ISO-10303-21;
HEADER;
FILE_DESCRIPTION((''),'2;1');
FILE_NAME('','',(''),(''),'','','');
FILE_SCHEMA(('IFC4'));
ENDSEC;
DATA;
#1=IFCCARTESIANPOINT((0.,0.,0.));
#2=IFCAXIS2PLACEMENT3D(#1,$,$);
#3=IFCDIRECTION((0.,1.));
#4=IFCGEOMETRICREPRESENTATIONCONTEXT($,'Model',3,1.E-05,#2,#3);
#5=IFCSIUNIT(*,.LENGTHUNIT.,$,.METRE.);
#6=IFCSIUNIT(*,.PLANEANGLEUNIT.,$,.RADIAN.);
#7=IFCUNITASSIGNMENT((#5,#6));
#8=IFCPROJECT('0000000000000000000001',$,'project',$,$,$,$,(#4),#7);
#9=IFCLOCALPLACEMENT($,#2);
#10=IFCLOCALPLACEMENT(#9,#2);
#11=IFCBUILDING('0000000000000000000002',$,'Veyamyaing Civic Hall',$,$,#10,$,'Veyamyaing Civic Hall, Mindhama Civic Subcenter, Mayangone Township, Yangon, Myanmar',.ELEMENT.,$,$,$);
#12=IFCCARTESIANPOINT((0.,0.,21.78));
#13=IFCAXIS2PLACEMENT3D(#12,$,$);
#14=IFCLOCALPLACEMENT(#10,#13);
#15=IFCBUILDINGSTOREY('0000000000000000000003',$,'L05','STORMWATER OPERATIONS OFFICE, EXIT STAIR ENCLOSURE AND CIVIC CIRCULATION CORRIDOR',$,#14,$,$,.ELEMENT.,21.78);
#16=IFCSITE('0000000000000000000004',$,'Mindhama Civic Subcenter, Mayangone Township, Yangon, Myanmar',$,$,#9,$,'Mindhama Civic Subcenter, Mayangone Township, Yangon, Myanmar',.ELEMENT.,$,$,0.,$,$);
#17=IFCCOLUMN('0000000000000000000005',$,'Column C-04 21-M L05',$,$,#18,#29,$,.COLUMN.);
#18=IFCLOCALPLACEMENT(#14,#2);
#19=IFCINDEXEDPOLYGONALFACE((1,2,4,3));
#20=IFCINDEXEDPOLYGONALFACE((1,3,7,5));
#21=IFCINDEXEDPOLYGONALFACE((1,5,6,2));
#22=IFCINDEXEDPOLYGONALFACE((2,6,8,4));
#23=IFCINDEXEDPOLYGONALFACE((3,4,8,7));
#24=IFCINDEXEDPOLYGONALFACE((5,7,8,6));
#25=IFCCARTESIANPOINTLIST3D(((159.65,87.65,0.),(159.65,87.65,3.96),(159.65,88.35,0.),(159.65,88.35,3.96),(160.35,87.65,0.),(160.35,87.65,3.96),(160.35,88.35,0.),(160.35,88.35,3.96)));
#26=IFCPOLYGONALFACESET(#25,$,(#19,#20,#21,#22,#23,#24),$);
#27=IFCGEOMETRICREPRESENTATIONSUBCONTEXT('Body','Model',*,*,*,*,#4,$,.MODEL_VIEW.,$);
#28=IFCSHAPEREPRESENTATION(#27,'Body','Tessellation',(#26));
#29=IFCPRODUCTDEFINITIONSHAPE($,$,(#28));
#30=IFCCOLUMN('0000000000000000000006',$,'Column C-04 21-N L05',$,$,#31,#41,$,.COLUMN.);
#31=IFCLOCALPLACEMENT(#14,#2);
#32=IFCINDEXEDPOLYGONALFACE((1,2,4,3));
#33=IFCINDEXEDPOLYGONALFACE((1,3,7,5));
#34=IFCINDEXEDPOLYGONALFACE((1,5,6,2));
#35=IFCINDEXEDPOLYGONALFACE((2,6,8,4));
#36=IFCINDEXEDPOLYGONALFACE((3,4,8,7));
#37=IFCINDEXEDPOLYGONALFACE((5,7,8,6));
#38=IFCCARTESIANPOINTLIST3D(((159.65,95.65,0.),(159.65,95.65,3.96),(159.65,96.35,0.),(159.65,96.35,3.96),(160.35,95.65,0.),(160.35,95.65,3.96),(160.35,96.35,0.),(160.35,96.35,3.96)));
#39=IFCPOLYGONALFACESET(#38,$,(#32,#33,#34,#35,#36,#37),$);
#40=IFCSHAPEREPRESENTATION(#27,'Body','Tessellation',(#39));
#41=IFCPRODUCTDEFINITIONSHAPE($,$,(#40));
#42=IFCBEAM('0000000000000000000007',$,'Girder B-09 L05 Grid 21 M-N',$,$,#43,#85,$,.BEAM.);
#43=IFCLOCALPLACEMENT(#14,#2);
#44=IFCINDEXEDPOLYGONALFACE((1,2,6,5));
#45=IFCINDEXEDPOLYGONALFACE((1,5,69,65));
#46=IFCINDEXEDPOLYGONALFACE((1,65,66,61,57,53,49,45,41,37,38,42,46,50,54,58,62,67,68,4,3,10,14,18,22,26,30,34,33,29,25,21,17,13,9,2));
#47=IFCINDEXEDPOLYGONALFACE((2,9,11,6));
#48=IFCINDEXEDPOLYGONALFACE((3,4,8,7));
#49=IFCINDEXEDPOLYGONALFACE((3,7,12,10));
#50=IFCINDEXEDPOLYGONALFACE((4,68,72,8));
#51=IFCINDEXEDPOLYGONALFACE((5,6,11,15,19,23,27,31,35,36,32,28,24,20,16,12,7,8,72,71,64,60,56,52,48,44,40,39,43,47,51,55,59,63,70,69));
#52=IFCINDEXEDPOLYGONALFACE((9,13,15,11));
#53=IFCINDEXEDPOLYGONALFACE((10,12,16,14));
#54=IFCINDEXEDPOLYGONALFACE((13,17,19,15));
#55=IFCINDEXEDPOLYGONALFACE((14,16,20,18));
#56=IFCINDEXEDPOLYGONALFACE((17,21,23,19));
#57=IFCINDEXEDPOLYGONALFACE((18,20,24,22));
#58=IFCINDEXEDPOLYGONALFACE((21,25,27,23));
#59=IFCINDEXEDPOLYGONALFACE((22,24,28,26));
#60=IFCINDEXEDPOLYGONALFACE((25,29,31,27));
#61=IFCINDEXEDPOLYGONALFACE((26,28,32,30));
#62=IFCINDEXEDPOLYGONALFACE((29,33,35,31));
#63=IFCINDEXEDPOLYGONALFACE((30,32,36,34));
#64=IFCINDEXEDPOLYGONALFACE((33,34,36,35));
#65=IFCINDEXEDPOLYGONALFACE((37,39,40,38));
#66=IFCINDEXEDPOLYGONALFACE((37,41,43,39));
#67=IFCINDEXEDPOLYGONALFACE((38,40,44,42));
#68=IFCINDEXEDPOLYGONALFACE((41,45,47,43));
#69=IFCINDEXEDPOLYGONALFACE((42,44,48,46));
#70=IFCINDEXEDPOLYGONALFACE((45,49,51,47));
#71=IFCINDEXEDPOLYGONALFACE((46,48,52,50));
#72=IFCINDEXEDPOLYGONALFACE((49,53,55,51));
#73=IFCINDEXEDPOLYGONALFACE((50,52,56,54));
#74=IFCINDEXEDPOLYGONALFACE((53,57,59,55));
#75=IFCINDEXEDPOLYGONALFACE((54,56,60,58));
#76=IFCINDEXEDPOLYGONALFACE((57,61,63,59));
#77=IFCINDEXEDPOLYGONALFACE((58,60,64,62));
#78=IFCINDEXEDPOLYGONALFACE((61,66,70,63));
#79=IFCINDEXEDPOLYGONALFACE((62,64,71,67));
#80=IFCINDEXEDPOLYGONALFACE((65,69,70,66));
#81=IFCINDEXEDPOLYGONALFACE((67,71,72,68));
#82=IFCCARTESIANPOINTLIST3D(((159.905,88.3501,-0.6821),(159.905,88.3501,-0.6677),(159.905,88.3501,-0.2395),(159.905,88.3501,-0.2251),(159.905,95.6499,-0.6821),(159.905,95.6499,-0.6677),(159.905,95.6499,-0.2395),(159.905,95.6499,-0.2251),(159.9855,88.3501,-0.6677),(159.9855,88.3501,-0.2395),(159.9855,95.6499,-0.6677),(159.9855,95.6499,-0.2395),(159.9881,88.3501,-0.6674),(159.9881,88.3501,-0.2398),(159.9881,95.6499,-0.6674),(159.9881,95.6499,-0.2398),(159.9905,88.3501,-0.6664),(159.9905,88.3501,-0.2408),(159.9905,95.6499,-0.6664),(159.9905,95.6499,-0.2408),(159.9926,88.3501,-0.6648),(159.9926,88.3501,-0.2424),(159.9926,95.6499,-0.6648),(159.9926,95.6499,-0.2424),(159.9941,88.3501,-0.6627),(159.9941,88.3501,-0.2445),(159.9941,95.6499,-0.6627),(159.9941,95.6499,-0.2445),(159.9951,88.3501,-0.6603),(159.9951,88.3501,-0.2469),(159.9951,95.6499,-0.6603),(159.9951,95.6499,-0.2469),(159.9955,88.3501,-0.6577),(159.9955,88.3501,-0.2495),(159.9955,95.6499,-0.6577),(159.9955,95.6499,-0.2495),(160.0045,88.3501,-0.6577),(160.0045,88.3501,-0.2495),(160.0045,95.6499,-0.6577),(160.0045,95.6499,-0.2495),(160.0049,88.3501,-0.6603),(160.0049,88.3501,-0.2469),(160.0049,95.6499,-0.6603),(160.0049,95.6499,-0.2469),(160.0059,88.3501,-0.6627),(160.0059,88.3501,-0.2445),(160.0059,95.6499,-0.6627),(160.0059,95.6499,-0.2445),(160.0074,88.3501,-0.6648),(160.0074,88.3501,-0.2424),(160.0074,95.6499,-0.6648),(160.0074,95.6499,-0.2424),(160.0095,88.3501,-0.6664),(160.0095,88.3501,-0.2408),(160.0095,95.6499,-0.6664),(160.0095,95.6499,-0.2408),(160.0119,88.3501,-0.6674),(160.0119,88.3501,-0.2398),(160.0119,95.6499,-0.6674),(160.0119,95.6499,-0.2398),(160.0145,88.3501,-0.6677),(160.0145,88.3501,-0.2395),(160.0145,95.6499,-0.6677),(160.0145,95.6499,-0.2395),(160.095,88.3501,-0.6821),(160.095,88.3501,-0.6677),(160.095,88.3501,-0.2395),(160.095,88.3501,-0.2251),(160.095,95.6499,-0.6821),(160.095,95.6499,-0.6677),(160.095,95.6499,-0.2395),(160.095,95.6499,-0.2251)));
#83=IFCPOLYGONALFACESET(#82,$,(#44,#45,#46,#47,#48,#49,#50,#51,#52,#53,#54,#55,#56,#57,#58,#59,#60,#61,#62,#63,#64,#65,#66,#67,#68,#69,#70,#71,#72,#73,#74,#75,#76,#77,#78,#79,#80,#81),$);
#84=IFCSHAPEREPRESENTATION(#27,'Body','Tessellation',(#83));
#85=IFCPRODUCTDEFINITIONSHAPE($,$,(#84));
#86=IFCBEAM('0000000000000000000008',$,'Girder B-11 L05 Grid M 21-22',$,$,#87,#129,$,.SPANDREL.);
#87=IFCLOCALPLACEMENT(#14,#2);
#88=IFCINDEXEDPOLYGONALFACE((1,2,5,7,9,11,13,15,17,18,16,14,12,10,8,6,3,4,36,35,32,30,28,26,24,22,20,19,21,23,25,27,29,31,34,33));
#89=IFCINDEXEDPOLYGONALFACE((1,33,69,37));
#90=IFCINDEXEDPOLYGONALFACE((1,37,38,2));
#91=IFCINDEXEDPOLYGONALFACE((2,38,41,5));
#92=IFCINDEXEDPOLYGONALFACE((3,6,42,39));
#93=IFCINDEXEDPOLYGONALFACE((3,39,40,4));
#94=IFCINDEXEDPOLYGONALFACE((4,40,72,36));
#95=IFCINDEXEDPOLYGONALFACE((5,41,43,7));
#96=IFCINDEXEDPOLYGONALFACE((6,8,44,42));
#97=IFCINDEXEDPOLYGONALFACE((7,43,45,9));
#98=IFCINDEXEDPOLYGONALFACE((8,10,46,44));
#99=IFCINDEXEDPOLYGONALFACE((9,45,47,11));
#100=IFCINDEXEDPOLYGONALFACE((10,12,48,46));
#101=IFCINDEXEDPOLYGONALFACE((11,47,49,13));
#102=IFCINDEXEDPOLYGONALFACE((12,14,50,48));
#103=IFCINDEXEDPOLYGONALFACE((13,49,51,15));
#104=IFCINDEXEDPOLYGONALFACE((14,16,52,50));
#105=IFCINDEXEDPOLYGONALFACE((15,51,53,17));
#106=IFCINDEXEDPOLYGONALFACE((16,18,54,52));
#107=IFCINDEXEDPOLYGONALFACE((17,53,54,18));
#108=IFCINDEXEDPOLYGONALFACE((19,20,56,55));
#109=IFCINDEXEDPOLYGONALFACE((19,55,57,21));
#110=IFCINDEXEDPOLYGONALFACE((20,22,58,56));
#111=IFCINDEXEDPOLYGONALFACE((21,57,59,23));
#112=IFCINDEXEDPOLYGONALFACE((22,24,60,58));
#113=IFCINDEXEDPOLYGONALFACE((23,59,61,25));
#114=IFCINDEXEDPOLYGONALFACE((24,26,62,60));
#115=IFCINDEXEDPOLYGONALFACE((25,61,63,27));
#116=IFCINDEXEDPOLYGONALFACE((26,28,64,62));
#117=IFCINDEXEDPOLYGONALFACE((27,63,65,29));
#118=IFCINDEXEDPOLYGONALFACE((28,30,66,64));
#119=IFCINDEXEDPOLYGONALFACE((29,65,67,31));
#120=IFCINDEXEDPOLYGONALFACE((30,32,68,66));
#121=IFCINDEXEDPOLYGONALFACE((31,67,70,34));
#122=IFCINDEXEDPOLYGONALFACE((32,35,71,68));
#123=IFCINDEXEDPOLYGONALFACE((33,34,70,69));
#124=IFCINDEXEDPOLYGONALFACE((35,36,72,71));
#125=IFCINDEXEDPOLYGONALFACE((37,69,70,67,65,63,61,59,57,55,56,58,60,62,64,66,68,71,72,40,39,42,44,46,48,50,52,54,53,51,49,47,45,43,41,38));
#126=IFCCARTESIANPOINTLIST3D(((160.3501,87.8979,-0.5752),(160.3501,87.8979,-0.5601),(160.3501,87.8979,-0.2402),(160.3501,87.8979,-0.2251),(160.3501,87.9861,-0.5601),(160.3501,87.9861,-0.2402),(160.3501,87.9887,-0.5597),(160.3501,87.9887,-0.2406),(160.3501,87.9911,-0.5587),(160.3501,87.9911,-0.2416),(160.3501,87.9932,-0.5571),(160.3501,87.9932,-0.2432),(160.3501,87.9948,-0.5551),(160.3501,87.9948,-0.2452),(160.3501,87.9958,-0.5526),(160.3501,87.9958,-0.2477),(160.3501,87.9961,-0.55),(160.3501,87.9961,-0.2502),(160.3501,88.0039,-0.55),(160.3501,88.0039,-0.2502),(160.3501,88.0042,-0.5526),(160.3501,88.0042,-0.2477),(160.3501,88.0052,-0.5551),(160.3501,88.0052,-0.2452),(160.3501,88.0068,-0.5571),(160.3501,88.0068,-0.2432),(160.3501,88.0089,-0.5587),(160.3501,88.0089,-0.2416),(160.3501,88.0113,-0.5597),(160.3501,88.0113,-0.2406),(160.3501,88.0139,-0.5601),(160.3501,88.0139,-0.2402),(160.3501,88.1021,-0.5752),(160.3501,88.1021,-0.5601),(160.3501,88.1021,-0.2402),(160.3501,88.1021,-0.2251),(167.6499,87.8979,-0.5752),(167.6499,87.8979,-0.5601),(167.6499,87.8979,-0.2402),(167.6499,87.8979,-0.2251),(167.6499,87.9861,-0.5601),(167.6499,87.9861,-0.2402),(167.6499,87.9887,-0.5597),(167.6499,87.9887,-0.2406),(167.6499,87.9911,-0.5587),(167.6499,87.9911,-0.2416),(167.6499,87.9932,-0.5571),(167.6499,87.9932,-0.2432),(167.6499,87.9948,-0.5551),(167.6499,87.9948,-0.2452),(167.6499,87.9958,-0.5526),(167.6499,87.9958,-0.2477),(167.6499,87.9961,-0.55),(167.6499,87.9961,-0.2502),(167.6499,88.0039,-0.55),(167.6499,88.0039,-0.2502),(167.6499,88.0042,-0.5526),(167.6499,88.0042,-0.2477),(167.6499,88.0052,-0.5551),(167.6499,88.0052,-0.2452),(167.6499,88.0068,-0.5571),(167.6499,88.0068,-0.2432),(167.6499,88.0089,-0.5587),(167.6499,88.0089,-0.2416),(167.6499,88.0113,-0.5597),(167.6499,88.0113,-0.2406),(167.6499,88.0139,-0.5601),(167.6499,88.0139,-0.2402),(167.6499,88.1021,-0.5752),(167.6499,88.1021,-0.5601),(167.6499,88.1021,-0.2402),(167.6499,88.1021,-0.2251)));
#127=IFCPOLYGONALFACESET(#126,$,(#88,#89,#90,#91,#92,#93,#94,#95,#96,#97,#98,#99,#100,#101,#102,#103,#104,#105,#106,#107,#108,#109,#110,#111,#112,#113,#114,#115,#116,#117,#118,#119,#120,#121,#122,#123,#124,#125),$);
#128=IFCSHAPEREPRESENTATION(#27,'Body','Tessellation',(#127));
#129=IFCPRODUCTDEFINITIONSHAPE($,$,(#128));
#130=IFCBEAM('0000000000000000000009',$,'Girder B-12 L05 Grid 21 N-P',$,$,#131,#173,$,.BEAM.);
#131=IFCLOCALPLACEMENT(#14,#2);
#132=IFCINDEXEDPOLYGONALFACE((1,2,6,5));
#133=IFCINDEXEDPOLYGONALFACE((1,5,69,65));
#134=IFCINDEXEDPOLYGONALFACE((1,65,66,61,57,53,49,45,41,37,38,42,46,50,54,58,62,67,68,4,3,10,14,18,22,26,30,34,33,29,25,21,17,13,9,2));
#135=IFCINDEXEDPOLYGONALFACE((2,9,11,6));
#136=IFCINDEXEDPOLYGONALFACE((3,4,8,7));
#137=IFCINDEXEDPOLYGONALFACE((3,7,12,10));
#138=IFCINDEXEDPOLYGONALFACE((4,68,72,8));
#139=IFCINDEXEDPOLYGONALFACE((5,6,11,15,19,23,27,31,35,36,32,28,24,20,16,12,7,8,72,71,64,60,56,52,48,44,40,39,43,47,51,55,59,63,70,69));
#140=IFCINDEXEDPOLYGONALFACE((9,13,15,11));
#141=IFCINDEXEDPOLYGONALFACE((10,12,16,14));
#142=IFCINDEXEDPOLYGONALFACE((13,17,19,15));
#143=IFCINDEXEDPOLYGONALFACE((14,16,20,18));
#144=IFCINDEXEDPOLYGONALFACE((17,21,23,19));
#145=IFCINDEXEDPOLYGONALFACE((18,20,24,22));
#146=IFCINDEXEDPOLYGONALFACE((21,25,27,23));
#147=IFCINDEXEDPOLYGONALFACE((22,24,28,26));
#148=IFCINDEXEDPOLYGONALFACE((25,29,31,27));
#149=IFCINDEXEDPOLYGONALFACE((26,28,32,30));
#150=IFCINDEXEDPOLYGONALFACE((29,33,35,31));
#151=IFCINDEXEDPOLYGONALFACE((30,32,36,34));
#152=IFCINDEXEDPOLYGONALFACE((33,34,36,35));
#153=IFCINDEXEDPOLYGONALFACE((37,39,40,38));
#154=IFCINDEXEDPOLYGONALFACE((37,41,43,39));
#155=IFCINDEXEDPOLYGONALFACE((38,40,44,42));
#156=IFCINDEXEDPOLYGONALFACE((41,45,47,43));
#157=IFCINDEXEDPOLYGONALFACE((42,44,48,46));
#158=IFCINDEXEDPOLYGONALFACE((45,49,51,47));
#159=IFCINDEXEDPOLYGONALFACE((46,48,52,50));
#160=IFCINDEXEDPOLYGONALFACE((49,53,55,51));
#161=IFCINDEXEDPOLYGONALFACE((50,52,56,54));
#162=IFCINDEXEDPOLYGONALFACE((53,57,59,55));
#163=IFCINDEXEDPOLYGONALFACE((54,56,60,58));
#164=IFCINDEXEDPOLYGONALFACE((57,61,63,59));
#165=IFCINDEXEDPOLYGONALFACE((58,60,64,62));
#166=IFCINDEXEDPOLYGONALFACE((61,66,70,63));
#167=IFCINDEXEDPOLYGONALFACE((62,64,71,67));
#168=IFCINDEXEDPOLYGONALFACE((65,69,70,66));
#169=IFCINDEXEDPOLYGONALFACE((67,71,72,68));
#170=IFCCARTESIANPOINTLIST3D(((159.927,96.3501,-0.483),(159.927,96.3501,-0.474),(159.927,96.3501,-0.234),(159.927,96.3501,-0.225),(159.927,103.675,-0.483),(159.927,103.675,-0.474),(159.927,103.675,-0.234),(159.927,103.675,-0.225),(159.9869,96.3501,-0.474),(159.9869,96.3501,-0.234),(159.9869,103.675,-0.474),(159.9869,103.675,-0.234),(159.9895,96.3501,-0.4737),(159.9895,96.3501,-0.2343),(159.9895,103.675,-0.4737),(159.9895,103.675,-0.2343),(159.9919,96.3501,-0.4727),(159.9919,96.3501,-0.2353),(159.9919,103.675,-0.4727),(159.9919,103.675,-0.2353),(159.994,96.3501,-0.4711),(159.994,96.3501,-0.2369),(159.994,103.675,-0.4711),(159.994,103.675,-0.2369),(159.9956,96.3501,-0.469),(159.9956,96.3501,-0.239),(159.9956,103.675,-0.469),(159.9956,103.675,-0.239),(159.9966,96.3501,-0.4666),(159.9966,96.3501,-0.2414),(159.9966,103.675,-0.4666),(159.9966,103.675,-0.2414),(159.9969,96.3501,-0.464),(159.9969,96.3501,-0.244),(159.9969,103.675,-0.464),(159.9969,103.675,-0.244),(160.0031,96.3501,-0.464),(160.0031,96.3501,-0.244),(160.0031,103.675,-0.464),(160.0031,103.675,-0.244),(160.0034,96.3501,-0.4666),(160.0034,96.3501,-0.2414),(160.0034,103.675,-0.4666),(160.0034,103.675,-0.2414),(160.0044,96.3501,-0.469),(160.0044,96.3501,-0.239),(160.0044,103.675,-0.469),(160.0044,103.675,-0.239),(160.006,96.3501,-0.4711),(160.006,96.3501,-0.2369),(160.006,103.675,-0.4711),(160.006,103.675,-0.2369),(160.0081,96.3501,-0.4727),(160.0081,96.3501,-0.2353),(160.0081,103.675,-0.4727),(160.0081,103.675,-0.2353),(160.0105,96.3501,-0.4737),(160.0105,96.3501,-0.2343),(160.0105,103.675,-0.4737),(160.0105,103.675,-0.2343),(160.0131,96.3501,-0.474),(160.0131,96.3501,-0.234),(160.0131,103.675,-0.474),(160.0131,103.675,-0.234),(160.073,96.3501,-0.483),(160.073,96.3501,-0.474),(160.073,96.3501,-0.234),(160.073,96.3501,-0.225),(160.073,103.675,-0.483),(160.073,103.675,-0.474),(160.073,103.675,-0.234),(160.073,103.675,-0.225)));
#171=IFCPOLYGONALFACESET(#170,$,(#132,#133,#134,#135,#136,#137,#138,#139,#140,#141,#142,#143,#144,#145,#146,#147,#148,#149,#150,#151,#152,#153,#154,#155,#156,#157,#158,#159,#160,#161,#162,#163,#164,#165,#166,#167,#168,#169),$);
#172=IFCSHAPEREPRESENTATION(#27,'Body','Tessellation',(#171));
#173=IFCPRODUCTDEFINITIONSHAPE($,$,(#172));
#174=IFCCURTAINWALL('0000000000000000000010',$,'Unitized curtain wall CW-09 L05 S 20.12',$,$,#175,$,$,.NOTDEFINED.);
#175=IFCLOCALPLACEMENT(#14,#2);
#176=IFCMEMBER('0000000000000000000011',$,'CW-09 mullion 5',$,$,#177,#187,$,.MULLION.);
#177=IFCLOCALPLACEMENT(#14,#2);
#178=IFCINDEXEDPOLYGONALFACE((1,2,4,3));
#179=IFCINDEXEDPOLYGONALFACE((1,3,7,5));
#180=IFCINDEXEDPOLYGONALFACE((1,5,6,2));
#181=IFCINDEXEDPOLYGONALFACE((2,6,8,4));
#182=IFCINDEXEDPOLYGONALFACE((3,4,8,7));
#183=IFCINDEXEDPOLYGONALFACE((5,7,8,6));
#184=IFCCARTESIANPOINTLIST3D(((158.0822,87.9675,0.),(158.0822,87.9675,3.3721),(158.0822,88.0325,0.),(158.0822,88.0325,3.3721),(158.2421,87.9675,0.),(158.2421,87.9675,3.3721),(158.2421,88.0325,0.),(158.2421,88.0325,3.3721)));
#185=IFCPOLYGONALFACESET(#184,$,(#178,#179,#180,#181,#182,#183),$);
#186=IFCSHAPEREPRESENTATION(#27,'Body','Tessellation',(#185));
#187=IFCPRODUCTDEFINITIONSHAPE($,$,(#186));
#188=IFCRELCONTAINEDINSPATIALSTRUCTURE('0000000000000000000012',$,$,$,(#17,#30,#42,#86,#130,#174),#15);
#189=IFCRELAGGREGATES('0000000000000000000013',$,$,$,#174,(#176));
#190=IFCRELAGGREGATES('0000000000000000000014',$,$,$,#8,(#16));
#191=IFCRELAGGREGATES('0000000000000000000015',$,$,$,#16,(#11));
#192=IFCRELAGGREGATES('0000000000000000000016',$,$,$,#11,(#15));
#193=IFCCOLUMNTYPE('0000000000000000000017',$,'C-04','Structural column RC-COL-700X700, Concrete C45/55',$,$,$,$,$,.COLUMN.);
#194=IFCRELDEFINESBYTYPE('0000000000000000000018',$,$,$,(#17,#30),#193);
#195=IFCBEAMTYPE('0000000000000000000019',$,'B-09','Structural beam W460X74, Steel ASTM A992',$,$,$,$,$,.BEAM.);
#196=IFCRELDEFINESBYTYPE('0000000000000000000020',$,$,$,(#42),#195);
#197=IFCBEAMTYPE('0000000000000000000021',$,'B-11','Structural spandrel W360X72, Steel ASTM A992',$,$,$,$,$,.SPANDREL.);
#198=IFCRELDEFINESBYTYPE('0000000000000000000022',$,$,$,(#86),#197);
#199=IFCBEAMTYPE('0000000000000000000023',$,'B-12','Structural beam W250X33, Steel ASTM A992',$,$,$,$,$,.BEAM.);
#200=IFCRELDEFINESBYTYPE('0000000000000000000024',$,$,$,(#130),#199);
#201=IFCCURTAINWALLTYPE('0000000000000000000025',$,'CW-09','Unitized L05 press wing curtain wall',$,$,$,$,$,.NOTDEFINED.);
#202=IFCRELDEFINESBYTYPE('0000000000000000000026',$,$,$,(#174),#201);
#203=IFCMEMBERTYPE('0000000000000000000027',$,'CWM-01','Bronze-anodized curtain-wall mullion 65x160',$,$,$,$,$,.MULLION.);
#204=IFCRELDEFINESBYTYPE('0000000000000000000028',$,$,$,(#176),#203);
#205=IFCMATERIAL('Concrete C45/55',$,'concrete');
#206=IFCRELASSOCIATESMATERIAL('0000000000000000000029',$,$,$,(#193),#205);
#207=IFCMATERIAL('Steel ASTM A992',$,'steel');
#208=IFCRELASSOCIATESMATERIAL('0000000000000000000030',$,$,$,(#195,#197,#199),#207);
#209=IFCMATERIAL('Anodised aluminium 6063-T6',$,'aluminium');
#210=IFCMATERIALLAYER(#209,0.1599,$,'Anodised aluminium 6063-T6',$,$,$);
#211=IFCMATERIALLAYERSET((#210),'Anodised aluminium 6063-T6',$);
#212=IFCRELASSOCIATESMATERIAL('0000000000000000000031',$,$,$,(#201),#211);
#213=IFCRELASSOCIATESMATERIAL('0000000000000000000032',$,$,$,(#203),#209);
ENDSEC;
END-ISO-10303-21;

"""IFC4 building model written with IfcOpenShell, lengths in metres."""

from ifc_helpers import new_model, si_unit, direction, frame, origin, origin_2d, place, context, subcontext, project, spatial, rectangle, i_section, extrude, material, layer, layer_set, material_profile, profile_set, type_object, element, aggregate, save


model = new_model("IFC4")

# Units and contexts
model_context = context("Model", 3, precision=1e-05, world=origin(), true_north=direction((0.0, 1.0)))
body_context = subcontext(model_context, "Body", "Model", "MODEL_VIEW")
ifc_project = project(units=[si_unit("LENGTHUNIT", "METRE"), si_unit("PLANEANGLEUNIT", "RADIAN")], contexts=[model_context])

# Site, building, storey
site_placement = place(None, origin())
site = spatial("IfcSite", under=ifc_project, at=site_placement, Name="Mindhama Civic Subcenter, Mayangone Township, Yangon, Myanmar", LongName="Mindhama Civic Subcenter, Mayangone Township, Yangon, Myanmar", CompositionType="ELEMENT", RefElevation=0.0)
building_placement = place(site_placement, origin())
building = spatial("IfcBuilding", under=site, at=building_placement, Name="Veyamyaing Civic Hall", LongName="Veyamyaing Civic Hall, Mindhama Civic Subcenter, Mayangone Township, Yangon, Myanmar", CompositionType="ELEMENT")
storey_placement = place(building_placement, frame((0.0, 0.0, 21.78)))
storey = spatial("IfcBuildingStorey", under=building, at=storey_placement, Name="L05", Description="STORMWATER OPERATIONS OFFICE, EXIT STAIR ENCLOSURE AND CIVIC CIRCULATION CORRIDOR", CompositionType="ELEMENT", Elevation=21.78)

# Columns
ifc_material_1 = material(Name="Concrete C45/55", Category="concrete")
ifc_material_profile_1 = material_profile(ifc_material_1, rectangle(XDim=0.7, YDim=0.7, at=origin_2d()), Name="RC-COL-700X700")
ifc_profile_set_1 = profile_set([ifc_material_profile_1], Name="Concrete C45/55")
column_type = type_object("IfcColumnType", Name="C-04", Description="Structural column RC-COL-700X700, Concrete C45/55", PredefinedType="COLUMN", material=ifc_profile_set_1)
for number, where, z_axis, x_axis, name in (
    (1, (160.0, 88.0, 0.0), (0.0, 0.0, 1.0), (1.0, 0.0, 0.0), "Column C-04 21-M L05"),
    (2, (160.0, 96.0, 0.0), (0.0, 0.0, 1.0), (1.0, 0.0, 0.0), "Column C-04 21-N L05"),
):
    element("IfcColumn", number, at=place(storey_placement, frame(where, z_axis=z_axis, x_axis=x_axis)), inside=storey, type_object=column_type, Name=name, PredefinedType="COLUMN", context=body_context, shape_type="SweptSolid", body=[
        extrude(rectangle(XDim=0.7, YDim=0.7, at=origin_2d()), origin(), (0.0, 0.0, 1.0), 3.96),
    ])

# Beams
ifc_material_2 = material(Name="Steel ASTM A992", Category="steel")
ifc_material_profile_2 = material_profile(ifc_material_2, i_section(OverallWidth=0.1899, OverallDepth=0.457, WebThickness=0.009, FlangeThickness=0.0144, FilletRadius=0.01, at=origin_2d()), Name="W460X74")
ifc_profile_set_2 = profile_set([ifc_material_profile_2], Name="Steel ASTM A992")
beam_type_1 = type_object("IfcBeamType", Name="B-09", Description="Structural beam W460X74, Steel ASTM A992", PredefinedType="BEAM", material=ifc_profile_set_2)
beam_1_placement = place(storey_placement, frame((160.0, 88.3501, -0.4536), z_axis=(0.0, 1.0, 0.0), x_axis=(-1.0, 0.0, 0.0)))
element("IfcBeam", 3, at=beam_1_placement, inside=storey, type_object=beam_type_1, Name="Girder B-09 L05 Grid 21 M-N", PredefinedType="BEAM", context=body_context, shape_type="SweptSolid", body=[
    extrude(i_section(OverallWidth=0.1899, OverallDepth=0.457, WebThickness=0.009, FlangeThickness=0.0144, FilletRadius=0.01, at=origin_2d()), origin(), (0.0, 0.0, 1.0), 7.2998),
])
ifc_material_profile_3 = material_profile(ifc_material_2, i_section(OverallWidth=0.2041, OverallDepth=0.3501, WebThickness=0.0078, FlangeThickness=0.0151, FilletRadius=0.01, at=origin_2d()), Name="W360X72")
ifc_profile_set_3 = profile_set([ifc_material_profile_3], Name="Steel ASTM A992")
beam_type_2 = type_object("IfcBeamType", Name="B-11", Description="Structural spandrel W360X72, Steel ASTM A992", PredefinedType="SPANDREL", material=ifc_profile_set_3)
beam_2_placement = place(storey_placement, frame((160.3501, 88.0, -0.4001), z_axis=(1.0, 0.0, 0.0), x_axis=(0.0, 1.0, 0.0)))
element("IfcBeam", 4, at=beam_2_placement, inside=storey, type_object=beam_type_2, Name="Girder B-11 L05 Grid M 21-22", PredefinedType="SPANDREL", context=body_context, shape_type="SweptSolid", body=[
    extrude(i_section(OverallWidth=0.2041, OverallDepth=0.3501, WebThickness=0.0078, FlangeThickness=0.0151, FilletRadius=0.01, at=origin_2d()), origin(), (0.0, 0.0, 1.0), 7.2998),
])
ifc_material_profile_4 = material_profile(ifc_material_2, i_section(OverallWidth=0.146, OverallDepth=0.2581, WebThickness=0.0061, FlangeThickness=0.009, FilletRadius=0.01, at=origin_2d()), Name="W250X33")
ifc_profile_set_4 = profile_set([ifc_material_profile_4], Name="Steel ASTM A992")
beam_type_3 = type_object("IfcBeamType", Name="B-12", Description="Structural beam W250X33, Steel ASTM A992", PredefinedType="BEAM", material=ifc_profile_set_4)
beam_3_placement = place(storey_placement, frame((160.0, 96.3501, -0.354), z_axis=(0.0, 1.0, 0.0), x_axis=(-1.0, 0.0, 0.0)))
element("IfcBeam", 5, at=beam_3_placement, inside=storey, type_object=beam_type_3, Name="Girder B-12 L05 Grid 21 N-P", PredefinedType="BEAM", context=body_context, shape_type="SweptSolid", body=[
    extrude(i_section(OverallWidth=0.146, OverallDepth=0.2581, WebThickness=0.0061, FlangeThickness=0.009, FilletRadius=0.01, at=origin_2d()), origin(), (0.0, 0.0, 1.0), 7.325),
])

# Curtain wall, member
ifc_material_3 = material(Name="Anodised aluminium 6063-T6", Category="aluminium")
ifc_layer_1 = layer(ifc_material_3, 0.1599, Name="Anodised aluminium 6063-T6")
ifc_layer_set_1 = layer_set([ifc_layer_1], Name="Anodised aluminium 6063-T6")
curtain_wall_type = type_object("IfcCurtainWallType", Name="CW-09", Description="Unitized L05 press wing curtain wall", PredefinedType="NOTDEFINED", material=ifc_layer_set_1)
curtain_wall_placement = place(storey_placement, origin())
curtain_wall = element("IfcCurtainWall", 6, at=curtain_wall_placement, inside=storey, type_object=curtain_wall_type, Name="Unitized curtain wall CW-09 L05 S 20.12", PredefinedType="NOTDEFINED")
ifc_material_profile_5 = material_profile(ifc_material_3, rectangle(XDim=0.0649, YDim=0.1599, at=origin_2d()), Name="ALU-MUL-65X160")
ifc_profile_set_5 = profile_set([ifc_material_profile_5], Name="Anodised aluminium 6063-T6")
member_type_1 = type_object("IfcMemberType", Name="CWM-01", Description="Bronze-anodized curtain-wall mullion 65x160", PredefinedType="MULLION", material=ifc_profile_set_5)
member_1_placement = place(storey_placement, frame((158.1621, 88.0, 0.0), z_axis=(0.0, 0.0, 1.0), x_axis=(0.0, 1.0, 0.0)))
member_1 = element("IfcMember", 7, at=member_1_placement, type_object=member_type_1, Name="CW-09 mullion 5", PredefinedType="MULLION", context=body_context, shape_type="SweptSolid", body=[
    extrude(rectangle(XDim=0.0649, YDim=0.1599, at=origin_2d()), origin(), (0.0, 0.0, 1.0), 3.3721),
])
aggregate(curtain_wall, [member_1])

save(model, "model.ifc")
